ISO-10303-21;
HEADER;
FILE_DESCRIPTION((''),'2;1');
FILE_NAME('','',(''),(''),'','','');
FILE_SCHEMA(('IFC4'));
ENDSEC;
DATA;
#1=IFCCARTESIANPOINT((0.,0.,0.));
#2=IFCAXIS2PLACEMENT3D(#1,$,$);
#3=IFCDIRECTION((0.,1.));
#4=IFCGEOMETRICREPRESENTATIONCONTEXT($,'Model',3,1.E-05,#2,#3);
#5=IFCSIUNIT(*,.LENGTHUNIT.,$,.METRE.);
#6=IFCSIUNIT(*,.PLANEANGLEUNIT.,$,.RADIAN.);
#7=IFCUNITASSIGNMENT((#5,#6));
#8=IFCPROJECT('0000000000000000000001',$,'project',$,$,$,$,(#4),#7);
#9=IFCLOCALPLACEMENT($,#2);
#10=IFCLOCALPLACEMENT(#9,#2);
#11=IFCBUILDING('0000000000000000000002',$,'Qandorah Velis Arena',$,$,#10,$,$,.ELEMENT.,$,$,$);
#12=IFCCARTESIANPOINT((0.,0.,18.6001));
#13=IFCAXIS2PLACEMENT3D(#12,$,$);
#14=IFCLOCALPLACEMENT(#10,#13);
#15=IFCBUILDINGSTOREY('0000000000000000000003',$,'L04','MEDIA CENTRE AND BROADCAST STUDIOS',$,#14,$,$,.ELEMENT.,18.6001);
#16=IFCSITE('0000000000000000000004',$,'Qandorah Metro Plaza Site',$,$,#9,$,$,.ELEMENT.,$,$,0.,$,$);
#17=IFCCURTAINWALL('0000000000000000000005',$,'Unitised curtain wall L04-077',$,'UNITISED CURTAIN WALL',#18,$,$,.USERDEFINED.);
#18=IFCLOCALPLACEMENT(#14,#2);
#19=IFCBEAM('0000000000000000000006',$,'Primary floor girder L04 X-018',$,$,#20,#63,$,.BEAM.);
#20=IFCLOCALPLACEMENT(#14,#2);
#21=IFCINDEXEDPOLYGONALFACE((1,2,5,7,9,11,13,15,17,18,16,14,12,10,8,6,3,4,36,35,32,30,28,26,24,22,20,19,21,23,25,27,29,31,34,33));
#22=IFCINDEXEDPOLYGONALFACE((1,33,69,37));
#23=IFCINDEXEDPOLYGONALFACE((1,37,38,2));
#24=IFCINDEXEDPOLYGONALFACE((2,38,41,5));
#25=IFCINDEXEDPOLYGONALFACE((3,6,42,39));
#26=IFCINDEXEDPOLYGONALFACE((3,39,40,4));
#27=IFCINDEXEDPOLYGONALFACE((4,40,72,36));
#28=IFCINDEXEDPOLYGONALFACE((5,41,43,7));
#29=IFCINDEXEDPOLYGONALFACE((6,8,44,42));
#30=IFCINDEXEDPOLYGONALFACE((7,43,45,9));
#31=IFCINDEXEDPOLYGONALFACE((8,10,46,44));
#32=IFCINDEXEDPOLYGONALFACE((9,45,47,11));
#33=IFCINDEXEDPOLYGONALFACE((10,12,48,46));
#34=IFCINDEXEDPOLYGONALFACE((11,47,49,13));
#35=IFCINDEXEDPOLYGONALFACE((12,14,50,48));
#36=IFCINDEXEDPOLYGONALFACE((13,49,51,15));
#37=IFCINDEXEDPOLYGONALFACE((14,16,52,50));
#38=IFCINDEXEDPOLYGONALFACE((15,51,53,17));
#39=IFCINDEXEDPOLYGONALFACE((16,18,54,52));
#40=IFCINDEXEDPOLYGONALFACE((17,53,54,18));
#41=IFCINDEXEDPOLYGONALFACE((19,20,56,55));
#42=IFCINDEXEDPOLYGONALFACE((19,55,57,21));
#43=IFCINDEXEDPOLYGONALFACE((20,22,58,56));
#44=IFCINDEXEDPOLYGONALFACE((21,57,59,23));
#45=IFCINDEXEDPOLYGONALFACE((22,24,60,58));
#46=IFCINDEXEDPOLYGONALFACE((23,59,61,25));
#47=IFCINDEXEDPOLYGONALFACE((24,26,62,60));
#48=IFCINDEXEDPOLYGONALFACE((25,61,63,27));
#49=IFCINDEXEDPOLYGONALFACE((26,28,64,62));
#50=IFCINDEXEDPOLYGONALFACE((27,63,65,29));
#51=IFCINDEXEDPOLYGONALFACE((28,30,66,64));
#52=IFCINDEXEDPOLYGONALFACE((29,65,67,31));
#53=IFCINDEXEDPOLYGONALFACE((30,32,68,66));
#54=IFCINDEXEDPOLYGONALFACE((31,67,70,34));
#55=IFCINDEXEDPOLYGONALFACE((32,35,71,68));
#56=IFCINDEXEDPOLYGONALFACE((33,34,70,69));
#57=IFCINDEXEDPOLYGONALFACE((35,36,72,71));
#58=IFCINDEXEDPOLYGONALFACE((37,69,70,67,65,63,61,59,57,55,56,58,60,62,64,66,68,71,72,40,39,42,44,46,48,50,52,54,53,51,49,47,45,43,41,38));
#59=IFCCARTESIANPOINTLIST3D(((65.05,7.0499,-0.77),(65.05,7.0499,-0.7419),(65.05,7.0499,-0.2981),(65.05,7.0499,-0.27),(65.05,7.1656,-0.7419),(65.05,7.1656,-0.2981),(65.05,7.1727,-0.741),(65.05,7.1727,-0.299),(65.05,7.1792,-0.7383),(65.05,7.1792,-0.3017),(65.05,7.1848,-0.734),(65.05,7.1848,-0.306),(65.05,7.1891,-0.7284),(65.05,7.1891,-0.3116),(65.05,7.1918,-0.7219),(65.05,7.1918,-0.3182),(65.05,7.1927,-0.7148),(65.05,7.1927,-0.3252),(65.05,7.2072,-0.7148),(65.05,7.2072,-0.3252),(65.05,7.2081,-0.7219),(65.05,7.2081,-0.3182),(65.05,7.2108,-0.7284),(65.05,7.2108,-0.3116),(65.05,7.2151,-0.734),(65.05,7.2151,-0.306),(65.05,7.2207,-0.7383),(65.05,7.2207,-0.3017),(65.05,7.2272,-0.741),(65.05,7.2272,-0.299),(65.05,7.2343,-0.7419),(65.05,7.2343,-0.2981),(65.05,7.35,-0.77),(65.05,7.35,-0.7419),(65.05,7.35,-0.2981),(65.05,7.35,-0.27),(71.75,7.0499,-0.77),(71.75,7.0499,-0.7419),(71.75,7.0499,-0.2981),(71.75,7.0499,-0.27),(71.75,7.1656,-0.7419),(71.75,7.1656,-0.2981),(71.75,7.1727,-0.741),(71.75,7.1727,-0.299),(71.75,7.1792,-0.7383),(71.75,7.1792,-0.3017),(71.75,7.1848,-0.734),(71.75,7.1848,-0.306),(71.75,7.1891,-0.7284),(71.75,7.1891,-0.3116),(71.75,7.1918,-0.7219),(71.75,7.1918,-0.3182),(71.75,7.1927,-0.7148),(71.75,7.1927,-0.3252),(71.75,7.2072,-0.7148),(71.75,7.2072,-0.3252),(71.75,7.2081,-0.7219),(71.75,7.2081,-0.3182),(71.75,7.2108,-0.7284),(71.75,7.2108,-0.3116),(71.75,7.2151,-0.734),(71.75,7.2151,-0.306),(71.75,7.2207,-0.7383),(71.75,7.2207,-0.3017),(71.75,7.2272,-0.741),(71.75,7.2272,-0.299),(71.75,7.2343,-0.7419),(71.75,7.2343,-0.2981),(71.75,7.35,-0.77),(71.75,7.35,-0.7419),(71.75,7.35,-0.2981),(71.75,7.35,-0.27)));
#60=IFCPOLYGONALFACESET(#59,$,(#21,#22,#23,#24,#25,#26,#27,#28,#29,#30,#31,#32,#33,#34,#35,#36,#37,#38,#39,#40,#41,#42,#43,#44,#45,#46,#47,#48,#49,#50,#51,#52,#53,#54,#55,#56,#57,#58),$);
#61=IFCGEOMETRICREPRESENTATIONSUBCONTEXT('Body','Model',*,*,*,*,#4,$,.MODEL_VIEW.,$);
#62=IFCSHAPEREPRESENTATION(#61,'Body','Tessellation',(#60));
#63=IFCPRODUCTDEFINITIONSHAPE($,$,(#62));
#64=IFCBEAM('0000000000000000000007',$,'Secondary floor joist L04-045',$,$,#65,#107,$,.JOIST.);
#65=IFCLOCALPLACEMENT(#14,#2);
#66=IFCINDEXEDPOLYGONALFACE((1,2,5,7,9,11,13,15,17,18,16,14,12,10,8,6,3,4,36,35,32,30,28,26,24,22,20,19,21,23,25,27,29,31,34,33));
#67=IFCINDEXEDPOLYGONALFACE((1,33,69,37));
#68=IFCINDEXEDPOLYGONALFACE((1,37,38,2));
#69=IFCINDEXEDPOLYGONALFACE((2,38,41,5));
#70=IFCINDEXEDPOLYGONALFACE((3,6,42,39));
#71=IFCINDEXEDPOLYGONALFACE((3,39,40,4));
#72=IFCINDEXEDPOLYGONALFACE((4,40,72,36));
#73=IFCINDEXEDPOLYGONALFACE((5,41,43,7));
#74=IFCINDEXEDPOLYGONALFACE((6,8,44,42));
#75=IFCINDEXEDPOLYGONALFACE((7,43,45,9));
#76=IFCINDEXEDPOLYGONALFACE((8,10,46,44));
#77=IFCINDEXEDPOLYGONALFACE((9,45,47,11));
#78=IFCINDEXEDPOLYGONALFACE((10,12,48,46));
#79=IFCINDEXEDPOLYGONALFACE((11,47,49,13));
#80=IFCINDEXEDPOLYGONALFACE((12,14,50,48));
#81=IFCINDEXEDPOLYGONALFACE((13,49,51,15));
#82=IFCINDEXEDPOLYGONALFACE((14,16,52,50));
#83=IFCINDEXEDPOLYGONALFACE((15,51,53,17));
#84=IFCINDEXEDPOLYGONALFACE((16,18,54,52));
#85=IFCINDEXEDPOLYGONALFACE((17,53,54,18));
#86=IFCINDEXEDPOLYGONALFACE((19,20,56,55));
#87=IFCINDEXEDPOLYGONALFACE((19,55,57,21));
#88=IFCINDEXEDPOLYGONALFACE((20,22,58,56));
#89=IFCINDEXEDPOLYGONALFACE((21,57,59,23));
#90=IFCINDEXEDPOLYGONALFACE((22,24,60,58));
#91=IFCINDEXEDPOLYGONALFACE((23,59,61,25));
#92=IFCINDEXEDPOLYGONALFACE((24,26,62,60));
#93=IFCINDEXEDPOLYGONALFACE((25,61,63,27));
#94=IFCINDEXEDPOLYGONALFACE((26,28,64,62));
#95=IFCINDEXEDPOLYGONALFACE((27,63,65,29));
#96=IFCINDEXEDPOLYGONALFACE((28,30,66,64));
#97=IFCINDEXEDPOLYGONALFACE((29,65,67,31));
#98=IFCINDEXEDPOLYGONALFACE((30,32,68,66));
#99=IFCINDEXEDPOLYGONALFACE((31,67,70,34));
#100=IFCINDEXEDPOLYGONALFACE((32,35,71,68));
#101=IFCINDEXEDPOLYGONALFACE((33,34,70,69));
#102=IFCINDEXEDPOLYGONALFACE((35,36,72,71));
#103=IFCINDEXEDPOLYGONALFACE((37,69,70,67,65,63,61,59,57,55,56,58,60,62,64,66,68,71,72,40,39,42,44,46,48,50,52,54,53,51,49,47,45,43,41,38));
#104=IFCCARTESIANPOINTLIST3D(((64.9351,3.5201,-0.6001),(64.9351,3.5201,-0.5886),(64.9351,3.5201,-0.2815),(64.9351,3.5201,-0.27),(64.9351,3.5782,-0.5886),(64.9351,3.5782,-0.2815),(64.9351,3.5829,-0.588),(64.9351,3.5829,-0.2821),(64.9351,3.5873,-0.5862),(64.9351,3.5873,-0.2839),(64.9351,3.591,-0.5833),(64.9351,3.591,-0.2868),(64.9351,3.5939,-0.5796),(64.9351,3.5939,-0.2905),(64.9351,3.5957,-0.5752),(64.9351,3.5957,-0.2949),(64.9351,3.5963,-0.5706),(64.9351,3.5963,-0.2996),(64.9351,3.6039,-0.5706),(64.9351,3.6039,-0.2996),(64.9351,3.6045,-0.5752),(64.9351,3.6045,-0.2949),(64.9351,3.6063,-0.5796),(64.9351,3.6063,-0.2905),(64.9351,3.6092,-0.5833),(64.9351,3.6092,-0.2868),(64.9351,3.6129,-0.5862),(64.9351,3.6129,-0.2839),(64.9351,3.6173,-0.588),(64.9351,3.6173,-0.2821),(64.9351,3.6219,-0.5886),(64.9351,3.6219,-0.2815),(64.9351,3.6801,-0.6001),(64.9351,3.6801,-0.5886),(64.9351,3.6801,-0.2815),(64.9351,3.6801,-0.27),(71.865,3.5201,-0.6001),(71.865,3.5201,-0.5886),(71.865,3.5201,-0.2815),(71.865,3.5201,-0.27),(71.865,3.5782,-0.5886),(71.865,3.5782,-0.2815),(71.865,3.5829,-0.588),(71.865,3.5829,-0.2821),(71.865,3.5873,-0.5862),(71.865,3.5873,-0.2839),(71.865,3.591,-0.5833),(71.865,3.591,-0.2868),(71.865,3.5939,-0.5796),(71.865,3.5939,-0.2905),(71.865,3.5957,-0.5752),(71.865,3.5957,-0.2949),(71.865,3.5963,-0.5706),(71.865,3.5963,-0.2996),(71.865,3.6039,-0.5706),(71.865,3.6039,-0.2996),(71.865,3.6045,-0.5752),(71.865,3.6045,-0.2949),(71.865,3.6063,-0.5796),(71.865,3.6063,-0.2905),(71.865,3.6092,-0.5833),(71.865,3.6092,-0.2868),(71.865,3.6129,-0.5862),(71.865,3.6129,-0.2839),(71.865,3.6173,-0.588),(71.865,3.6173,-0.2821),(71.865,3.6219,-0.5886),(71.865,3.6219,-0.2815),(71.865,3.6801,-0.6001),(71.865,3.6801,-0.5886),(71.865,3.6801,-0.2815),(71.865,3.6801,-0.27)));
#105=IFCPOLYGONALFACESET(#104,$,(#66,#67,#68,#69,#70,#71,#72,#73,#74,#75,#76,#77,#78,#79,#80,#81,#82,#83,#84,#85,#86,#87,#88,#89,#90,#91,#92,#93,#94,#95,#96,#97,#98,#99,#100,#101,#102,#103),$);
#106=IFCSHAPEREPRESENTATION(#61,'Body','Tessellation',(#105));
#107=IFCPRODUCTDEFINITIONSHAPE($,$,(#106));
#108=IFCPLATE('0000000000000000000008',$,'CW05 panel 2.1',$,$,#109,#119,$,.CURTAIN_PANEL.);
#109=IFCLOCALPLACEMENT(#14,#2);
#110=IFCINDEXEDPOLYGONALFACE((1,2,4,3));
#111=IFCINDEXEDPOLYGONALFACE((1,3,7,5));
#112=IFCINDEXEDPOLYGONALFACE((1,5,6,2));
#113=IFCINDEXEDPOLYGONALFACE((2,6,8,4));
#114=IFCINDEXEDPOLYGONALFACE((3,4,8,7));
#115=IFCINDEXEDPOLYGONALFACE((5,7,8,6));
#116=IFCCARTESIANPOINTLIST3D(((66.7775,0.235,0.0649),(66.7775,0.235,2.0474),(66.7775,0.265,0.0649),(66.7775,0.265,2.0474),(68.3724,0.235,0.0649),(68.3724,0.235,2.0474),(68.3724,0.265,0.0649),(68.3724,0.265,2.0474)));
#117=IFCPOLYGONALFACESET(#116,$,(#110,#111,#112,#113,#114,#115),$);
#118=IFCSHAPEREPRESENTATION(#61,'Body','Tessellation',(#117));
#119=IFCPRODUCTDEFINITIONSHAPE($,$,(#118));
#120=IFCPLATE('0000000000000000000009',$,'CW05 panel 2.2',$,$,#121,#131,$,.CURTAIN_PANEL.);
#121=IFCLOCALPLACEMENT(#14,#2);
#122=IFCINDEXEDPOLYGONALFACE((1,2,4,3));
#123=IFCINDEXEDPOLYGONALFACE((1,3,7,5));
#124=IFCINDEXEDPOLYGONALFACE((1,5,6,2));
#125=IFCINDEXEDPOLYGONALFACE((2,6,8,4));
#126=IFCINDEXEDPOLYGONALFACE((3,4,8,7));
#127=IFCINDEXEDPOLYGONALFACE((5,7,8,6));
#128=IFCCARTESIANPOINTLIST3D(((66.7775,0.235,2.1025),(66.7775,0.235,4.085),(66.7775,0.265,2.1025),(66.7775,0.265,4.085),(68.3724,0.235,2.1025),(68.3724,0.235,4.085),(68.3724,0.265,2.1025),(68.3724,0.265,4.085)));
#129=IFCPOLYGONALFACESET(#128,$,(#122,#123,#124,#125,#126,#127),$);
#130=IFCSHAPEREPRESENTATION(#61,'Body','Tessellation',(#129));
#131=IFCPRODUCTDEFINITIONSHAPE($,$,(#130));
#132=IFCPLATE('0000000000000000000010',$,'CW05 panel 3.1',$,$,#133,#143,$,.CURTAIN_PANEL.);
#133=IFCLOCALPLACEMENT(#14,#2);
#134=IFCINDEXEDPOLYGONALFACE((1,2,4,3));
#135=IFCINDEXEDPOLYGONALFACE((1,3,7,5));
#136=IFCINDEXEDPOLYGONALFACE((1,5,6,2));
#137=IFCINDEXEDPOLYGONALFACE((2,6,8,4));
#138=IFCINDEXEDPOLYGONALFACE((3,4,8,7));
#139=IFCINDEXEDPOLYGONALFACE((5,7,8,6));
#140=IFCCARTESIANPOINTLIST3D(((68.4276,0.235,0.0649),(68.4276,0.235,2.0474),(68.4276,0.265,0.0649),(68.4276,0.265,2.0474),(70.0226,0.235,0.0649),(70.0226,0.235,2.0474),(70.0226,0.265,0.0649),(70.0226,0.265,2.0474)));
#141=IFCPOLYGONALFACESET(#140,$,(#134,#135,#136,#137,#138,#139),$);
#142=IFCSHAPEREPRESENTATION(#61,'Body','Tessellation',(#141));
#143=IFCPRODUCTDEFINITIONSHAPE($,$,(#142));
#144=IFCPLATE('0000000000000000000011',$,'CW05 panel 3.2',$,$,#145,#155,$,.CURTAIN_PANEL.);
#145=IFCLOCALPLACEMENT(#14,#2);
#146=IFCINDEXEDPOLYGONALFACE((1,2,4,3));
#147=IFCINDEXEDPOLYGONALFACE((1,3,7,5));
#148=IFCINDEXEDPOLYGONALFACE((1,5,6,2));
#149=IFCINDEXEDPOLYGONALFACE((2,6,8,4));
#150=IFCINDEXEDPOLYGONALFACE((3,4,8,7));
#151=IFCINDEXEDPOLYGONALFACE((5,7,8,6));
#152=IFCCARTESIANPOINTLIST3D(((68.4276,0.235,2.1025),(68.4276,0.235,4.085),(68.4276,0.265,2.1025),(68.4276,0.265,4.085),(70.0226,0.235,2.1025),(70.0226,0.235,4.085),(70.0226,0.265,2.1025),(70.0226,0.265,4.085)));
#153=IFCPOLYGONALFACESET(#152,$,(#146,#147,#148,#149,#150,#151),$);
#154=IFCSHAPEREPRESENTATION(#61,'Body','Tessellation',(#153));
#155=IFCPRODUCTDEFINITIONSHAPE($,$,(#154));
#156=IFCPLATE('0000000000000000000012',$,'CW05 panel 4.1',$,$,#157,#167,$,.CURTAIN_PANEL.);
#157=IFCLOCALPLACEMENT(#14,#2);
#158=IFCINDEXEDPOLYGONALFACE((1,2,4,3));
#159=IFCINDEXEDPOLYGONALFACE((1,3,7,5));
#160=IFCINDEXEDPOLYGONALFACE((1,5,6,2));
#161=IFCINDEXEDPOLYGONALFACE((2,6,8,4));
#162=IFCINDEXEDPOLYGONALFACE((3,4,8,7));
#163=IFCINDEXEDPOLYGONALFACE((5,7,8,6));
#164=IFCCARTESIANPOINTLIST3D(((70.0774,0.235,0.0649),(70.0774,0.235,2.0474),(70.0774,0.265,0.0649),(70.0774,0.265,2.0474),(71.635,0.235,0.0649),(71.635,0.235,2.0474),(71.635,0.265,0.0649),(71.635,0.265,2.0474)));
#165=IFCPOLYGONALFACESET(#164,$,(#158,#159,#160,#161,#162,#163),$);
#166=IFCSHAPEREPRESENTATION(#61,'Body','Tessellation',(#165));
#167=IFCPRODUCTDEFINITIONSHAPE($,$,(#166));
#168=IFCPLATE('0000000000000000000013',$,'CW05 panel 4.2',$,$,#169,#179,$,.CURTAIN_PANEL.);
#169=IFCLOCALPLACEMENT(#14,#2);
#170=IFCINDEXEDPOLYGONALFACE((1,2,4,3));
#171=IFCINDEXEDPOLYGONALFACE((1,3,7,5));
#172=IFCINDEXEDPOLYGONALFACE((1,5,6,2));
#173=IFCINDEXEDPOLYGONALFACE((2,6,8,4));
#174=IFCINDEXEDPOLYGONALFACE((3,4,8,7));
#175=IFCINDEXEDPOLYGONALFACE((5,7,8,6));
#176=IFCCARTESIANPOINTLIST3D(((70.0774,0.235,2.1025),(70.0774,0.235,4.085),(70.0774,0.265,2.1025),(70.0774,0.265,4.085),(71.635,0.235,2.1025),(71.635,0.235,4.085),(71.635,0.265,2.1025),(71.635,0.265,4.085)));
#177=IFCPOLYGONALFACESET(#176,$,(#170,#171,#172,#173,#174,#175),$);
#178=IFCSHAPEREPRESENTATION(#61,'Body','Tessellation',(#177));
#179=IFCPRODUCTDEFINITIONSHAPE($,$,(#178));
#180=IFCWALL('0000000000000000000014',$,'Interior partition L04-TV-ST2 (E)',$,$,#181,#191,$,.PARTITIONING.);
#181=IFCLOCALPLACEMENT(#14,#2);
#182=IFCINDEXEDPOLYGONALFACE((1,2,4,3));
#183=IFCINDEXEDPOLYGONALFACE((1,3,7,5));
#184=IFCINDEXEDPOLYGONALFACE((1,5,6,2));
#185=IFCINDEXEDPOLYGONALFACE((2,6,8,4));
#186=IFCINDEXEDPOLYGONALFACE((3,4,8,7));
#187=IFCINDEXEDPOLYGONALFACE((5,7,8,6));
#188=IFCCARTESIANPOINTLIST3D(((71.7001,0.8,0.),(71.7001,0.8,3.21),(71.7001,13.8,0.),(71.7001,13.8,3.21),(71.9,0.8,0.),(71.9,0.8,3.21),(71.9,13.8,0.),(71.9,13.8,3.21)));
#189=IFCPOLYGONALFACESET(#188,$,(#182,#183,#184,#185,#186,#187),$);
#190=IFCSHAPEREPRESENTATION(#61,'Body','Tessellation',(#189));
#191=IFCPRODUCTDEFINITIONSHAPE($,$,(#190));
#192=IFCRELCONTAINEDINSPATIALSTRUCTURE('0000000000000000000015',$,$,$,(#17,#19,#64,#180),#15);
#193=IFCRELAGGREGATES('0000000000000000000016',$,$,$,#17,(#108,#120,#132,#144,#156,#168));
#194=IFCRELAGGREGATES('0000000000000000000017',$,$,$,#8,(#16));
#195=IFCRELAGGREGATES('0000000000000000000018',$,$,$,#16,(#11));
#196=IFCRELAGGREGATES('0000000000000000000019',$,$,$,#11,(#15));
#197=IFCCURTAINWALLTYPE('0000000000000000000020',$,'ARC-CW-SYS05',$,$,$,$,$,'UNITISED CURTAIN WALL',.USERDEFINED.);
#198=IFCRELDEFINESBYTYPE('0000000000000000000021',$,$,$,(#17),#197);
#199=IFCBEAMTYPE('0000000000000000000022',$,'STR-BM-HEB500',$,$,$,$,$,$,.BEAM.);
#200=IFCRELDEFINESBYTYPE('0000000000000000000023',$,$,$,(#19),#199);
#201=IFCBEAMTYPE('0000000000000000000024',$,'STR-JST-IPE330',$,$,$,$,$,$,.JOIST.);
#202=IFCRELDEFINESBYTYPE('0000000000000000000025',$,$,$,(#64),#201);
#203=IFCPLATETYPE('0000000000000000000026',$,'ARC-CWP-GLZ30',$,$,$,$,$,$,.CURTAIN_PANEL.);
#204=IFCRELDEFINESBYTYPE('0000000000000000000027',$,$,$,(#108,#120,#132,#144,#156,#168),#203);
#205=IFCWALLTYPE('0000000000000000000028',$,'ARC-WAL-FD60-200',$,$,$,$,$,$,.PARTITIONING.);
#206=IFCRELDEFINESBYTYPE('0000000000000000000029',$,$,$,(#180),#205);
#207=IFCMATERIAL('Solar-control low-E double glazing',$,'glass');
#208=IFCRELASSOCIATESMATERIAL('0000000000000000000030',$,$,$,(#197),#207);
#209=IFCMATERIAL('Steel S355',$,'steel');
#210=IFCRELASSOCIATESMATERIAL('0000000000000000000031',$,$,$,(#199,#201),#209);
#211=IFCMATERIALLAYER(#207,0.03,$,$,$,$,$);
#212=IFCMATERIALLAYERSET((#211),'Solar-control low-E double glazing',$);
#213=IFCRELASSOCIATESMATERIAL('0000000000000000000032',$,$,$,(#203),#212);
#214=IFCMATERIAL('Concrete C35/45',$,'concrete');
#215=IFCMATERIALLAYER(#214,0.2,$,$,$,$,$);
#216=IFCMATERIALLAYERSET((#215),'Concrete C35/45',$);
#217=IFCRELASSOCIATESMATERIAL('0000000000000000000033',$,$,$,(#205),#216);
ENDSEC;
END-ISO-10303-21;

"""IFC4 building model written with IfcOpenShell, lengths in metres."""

from ifc_helpers import new_model, si_unit, direction, frame, frame_2d, origin, origin_2d, place, context, subcontext, project, spatial, rectangle, i_section, extrude, material, layer, layer_set, material_profile, profile_set, type_object, element, aggregate, save


model = new_model("IFC4")

# Units and contexts
model_context = context("Model", 3, precision=1e-05, world=origin(), true_north=direction((0.0, 1.0)))
body_context = subcontext(model_context, "Body", "Model", "MODEL_VIEW")
ifc_project = project(units=[si_unit("LENGTHUNIT", "METRE"), si_unit("PLANEANGLEUNIT", "RADIAN")], contexts=[model_context])

# Site, building, storey
site_placement = place(None, origin())
site = spatial("IfcSite", under=ifc_project, at=site_placement, Name="Qandorah Metro Plaza Site", CompositionType="ELEMENT", RefElevation=0.0)
building_placement = place(site_placement, origin())
building = spatial("IfcBuilding", under=site, at=building_placement, Name="Qandorah Velis Arena", CompositionType="ELEMENT")
storey_placement = place(building_placement, frame((0.0, 0.0, 18.6001)))
storey = spatial("IfcBuildingStorey", under=building, at=storey_placement, Name="L04", Description="MEDIA CENTRE AND BROADCAST STUDIOS", CompositionType="ELEMENT", Elevation=18.6001)

# Shared definitions
ifc_material_1 = material(Name="Steel S355", Category="steel")

# Curtain wall
ifc_material_2 = material(Name="Solar-control low-E double glazing", Category="glass")
curtain_wall_type = type_object("IfcCurtainWallType", Name="ARC-CW-SYS05", ElementType="UNITISED CURTAIN WALL", PredefinedType="USERDEFINED", material=ifc_material_2)
curtain_wall_placement = place(storey_placement, origin())
curtain_wall = element("IfcCurtainWall", 1, at=curtain_wall_placement, inside=storey, type_object=curtain_wall_type, Name="Unitised curtain wall L04-077", ObjectType="UNITISED CURTAIN WALL", PredefinedType="USERDEFINED")

# Beams
ifc_material_profile_1 = material_profile(ifc_material_1, i_section(OverallWidth=0.3, OverallDepth=0.5, WebThickness=0.0144, FlangeThickness=0.0281, FilletRadius=0.0271, at=origin_2d()), Name="HEB 500")
ifc_profile_set_1 = profile_set([ifc_material_profile_1], Name="Steel S355")
beam_type_1 = type_object("IfcBeamType", Name="STR-BM-HEB500", PredefinedType="BEAM", material=ifc_profile_set_1)
for number, where, z_axis, x_axis, name in (
    (2, (65.05, 7.2, -0.52), (1.0, 0.0, 0.0), (0.0, 1.0, 0.0), "Primary floor girder L04 X-018"),
):
    element("IfcBeam", number, at=place(storey_placement, frame(where, z_axis=z_axis, x_axis=x_axis)), inside=storey, type_object=beam_type_1, Name=name, PredefinedType="BEAM", context=body_context, shape_type="SweptSolid", body=[
        extrude(i_section(OverallWidth=0.3, OverallDepth=0.5, WebThickness=0.0144, FlangeThickness=0.0281, FilletRadius=0.0271, at=origin_2d()), origin(), (0.0, 0.0, 1.0), 6.7),
    ])
ifc_material_profile_2 = material_profile(ifc_material_1, i_section(OverallWidth=0.1599, OverallDepth=0.3301, WebThickness=0.0076, FlangeThickness=0.0115, FilletRadius=0.0181, at=origin_2d()), Name="IPE 330")
ifc_profile_set_2 = profile_set([ifc_material_profile_2], Name="Steel S355")
beam_type_2 = type_object("IfcBeamType", Name="STR-JST-IPE330", PredefinedType="JOIST", material=ifc_profile_set_2)
beam_placement = place(storey_placement, frame((64.9351, 3.6001, -0.4351), z_axis=(1.0, 0.0, 0.0), x_axis=(0.0, 1.0, 0.0)))
element("IfcBeam", 3, at=beam_placement, inside=storey, type_object=beam_type_2, Name="Secondary floor joist L04-045", PredefinedType="JOIST", context=body_context, shape_type="SweptSolid", body=[
    extrude(i_section(OverallWidth=0.1599, OverallDepth=0.3301, WebThickness=0.0076, FlangeThickness=0.0115, FilletRadius=0.0181, at=origin_2d()), origin(), (0.0, 0.0, 1.0), 6.9299),
])

# Plates
ifc_layer_1 = layer(ifc_material_2, 0.03)
ifc_layer_set_1 = layer_set([ifc_layer_1], Name="Solar-control low-E double glazing")
plate_type = type_object("IfcPlateType", Name="ARC-CWP-GLZ30", PredefinedType="CURTAIN_PANEL", material=ifc_layer_set_1)
plate_1_placement = place(storey_placement, frame((67.575, 0.25, 0.0649), z_axis=(0.0, 0.0, 1.0), x_axis=(1.0, 0.0, 0.0)))
plate_1 = element("IfcPlate", 4, at=plate_1_placement, type_object=plate_type, Name="CW05 panel 2.1", PredefinedType="CURTAIN_PANEL", context=body_context, shape_type="SweptSolid", body=[
    extrude(rectangle(XDim=1.595, YDim=0.03, at=origin_2d()), origin(), (0.0, 0.0, 1.0), 1.9824),
])
plate_2_placement = place(storey_placement, frame((67.575, 0.25, 2.1025), z_axis=(0.0, 0.0, 1.0), x_axis=(1.0, 0.0, 0.0)))
plate_2 = element("IfcPlate", 5, at=plate_2_placement, type_object=plate_type, Name="CW05 panel 2.2", PredefinedType="CURTAIN_PANEL", context=body_context, shape_type="SweptSolid", body=[
    extrude(rectangle(XDim=1.595, YDim=0.03, at=origin_2d()), origin(), (0.0, 0.0, 1.0), 1.9824),
])
plate_3_placement = place(storey_placement, frame((69.2251, 0.25, 0.0649), z_axis=(0.0, 0.0, 1.0), x_axis=(1.0, 0.0, 0.0)))
plate_3 = element("IfcPlate", 6, at=plate_3_placement, type_object=plate_type, Name="CW05 panel 3.1", PredefinedType="CURTAIN_PANEL", context=body_context, shape_type="SweptSolid", body=[
    extrude(rectangle(XDim=1.595, YDim=0.03, at=origin_2d()), origin(), (0.0, 0.0, 1.0), 1.9824),
])
plate_4_placement = place(storey_placement, frame((69.2251, 0.25, 2.1025), z_axis=(0.0, 0.0, 1.0), x_axis=(1.0, 0.0, 0.0)))
plate_4 = element("IfcPlate", 7, at=plate_4_placement, type_object=plate_type, Name="CW05 panel 3.2", PredefinedType="CURTAIN_PANEL", context=body_context, shape_type="SweptSolid", body=[
    extrude(rectangle(XDim=1.595, YDim=0.03, at=origin_2d()), origin(), (0.0, 0.0, 1.0), 1.9824),
])
plate_5_placement = place(storey_placement, frame((70.8562, 0.25, 0.0649), z_axis=(0.0, 0.0, 1.0), x_axis=(1.0, 0.0, 0.0)))
plate_5 = element("IfcPlate", 8, at=plate_5_placement, type_object=plate_type, Name="CW05 panel 4.1", PredefinedType="CURTAIN_PANEL", context=body_context, shape_type="SweptSolid", body=[
    extrude(rectangle(XDim=1.5576, YDim=0.03, at=origin_2d()), origin(), (0.0, 0.0, 1.0), 1.9824),
])
plate_6_placement = place(storey_placement, frame((70.8562, 0.25, 2.1025), z_axis=(0.0, 0.0, 1.0), x_axis=(1.0, 0.0, 0.0)))
plate_6 = element("IfcPlate", 9, at=plate_6_placement, type_object=plate_type, Name="CW05 panel 4.2", PredefinedType="CURTAIN_PANEL", context=body_context, shape_type="SweptSolid", body=[
    extrude(rectangle(XDim=1.5576, YDim=0.03, at=origin_2d()), origin(), (0.0, 0.0, 1.0), 1.9824),
])
aggregate(curtain_wall, [plate_1, plate_2, plate_3, plate_4, plate_5, plate_6])

# Wall
ifc_material_3 = material(Name="Concrete C35/45", Category="concrete")
ifc_layer_2 = layer(ifc_material_3, 0.2)
ifc_layer_set_2 = layer_set([ifc_layer_2], Name="Concrete C35/45")
wall_type_1 = type_object("IfcWallType", Name="ARC-WAL-FD60-200", PredefinedType="PARTITIONING", material=ifc_layer_set_2)
wall_1_placement = place(storey_placement, frame((71.8, 0.8, 0.0), z_axis=(0.0, 0.0, 1.0), x_axis=(0.0, 1.0, 0.0)))
element("IfcWall", 10, at=wall_1_placement, inside=storey, type_object=wall_type_1, Name="Interior partition L04-TV-ST2 (E)", PredefinedType="PARTITIONING", context=body_context, shape_type="SweptSolid", body=[
    extrude(rectangle(XDim=13.0, YDim=0.2, at=frame_2d((6.5, 0.0))), origin(), (0.0, 0.0, 1.0), 3.21),
])

save(model, "model.ifc")
